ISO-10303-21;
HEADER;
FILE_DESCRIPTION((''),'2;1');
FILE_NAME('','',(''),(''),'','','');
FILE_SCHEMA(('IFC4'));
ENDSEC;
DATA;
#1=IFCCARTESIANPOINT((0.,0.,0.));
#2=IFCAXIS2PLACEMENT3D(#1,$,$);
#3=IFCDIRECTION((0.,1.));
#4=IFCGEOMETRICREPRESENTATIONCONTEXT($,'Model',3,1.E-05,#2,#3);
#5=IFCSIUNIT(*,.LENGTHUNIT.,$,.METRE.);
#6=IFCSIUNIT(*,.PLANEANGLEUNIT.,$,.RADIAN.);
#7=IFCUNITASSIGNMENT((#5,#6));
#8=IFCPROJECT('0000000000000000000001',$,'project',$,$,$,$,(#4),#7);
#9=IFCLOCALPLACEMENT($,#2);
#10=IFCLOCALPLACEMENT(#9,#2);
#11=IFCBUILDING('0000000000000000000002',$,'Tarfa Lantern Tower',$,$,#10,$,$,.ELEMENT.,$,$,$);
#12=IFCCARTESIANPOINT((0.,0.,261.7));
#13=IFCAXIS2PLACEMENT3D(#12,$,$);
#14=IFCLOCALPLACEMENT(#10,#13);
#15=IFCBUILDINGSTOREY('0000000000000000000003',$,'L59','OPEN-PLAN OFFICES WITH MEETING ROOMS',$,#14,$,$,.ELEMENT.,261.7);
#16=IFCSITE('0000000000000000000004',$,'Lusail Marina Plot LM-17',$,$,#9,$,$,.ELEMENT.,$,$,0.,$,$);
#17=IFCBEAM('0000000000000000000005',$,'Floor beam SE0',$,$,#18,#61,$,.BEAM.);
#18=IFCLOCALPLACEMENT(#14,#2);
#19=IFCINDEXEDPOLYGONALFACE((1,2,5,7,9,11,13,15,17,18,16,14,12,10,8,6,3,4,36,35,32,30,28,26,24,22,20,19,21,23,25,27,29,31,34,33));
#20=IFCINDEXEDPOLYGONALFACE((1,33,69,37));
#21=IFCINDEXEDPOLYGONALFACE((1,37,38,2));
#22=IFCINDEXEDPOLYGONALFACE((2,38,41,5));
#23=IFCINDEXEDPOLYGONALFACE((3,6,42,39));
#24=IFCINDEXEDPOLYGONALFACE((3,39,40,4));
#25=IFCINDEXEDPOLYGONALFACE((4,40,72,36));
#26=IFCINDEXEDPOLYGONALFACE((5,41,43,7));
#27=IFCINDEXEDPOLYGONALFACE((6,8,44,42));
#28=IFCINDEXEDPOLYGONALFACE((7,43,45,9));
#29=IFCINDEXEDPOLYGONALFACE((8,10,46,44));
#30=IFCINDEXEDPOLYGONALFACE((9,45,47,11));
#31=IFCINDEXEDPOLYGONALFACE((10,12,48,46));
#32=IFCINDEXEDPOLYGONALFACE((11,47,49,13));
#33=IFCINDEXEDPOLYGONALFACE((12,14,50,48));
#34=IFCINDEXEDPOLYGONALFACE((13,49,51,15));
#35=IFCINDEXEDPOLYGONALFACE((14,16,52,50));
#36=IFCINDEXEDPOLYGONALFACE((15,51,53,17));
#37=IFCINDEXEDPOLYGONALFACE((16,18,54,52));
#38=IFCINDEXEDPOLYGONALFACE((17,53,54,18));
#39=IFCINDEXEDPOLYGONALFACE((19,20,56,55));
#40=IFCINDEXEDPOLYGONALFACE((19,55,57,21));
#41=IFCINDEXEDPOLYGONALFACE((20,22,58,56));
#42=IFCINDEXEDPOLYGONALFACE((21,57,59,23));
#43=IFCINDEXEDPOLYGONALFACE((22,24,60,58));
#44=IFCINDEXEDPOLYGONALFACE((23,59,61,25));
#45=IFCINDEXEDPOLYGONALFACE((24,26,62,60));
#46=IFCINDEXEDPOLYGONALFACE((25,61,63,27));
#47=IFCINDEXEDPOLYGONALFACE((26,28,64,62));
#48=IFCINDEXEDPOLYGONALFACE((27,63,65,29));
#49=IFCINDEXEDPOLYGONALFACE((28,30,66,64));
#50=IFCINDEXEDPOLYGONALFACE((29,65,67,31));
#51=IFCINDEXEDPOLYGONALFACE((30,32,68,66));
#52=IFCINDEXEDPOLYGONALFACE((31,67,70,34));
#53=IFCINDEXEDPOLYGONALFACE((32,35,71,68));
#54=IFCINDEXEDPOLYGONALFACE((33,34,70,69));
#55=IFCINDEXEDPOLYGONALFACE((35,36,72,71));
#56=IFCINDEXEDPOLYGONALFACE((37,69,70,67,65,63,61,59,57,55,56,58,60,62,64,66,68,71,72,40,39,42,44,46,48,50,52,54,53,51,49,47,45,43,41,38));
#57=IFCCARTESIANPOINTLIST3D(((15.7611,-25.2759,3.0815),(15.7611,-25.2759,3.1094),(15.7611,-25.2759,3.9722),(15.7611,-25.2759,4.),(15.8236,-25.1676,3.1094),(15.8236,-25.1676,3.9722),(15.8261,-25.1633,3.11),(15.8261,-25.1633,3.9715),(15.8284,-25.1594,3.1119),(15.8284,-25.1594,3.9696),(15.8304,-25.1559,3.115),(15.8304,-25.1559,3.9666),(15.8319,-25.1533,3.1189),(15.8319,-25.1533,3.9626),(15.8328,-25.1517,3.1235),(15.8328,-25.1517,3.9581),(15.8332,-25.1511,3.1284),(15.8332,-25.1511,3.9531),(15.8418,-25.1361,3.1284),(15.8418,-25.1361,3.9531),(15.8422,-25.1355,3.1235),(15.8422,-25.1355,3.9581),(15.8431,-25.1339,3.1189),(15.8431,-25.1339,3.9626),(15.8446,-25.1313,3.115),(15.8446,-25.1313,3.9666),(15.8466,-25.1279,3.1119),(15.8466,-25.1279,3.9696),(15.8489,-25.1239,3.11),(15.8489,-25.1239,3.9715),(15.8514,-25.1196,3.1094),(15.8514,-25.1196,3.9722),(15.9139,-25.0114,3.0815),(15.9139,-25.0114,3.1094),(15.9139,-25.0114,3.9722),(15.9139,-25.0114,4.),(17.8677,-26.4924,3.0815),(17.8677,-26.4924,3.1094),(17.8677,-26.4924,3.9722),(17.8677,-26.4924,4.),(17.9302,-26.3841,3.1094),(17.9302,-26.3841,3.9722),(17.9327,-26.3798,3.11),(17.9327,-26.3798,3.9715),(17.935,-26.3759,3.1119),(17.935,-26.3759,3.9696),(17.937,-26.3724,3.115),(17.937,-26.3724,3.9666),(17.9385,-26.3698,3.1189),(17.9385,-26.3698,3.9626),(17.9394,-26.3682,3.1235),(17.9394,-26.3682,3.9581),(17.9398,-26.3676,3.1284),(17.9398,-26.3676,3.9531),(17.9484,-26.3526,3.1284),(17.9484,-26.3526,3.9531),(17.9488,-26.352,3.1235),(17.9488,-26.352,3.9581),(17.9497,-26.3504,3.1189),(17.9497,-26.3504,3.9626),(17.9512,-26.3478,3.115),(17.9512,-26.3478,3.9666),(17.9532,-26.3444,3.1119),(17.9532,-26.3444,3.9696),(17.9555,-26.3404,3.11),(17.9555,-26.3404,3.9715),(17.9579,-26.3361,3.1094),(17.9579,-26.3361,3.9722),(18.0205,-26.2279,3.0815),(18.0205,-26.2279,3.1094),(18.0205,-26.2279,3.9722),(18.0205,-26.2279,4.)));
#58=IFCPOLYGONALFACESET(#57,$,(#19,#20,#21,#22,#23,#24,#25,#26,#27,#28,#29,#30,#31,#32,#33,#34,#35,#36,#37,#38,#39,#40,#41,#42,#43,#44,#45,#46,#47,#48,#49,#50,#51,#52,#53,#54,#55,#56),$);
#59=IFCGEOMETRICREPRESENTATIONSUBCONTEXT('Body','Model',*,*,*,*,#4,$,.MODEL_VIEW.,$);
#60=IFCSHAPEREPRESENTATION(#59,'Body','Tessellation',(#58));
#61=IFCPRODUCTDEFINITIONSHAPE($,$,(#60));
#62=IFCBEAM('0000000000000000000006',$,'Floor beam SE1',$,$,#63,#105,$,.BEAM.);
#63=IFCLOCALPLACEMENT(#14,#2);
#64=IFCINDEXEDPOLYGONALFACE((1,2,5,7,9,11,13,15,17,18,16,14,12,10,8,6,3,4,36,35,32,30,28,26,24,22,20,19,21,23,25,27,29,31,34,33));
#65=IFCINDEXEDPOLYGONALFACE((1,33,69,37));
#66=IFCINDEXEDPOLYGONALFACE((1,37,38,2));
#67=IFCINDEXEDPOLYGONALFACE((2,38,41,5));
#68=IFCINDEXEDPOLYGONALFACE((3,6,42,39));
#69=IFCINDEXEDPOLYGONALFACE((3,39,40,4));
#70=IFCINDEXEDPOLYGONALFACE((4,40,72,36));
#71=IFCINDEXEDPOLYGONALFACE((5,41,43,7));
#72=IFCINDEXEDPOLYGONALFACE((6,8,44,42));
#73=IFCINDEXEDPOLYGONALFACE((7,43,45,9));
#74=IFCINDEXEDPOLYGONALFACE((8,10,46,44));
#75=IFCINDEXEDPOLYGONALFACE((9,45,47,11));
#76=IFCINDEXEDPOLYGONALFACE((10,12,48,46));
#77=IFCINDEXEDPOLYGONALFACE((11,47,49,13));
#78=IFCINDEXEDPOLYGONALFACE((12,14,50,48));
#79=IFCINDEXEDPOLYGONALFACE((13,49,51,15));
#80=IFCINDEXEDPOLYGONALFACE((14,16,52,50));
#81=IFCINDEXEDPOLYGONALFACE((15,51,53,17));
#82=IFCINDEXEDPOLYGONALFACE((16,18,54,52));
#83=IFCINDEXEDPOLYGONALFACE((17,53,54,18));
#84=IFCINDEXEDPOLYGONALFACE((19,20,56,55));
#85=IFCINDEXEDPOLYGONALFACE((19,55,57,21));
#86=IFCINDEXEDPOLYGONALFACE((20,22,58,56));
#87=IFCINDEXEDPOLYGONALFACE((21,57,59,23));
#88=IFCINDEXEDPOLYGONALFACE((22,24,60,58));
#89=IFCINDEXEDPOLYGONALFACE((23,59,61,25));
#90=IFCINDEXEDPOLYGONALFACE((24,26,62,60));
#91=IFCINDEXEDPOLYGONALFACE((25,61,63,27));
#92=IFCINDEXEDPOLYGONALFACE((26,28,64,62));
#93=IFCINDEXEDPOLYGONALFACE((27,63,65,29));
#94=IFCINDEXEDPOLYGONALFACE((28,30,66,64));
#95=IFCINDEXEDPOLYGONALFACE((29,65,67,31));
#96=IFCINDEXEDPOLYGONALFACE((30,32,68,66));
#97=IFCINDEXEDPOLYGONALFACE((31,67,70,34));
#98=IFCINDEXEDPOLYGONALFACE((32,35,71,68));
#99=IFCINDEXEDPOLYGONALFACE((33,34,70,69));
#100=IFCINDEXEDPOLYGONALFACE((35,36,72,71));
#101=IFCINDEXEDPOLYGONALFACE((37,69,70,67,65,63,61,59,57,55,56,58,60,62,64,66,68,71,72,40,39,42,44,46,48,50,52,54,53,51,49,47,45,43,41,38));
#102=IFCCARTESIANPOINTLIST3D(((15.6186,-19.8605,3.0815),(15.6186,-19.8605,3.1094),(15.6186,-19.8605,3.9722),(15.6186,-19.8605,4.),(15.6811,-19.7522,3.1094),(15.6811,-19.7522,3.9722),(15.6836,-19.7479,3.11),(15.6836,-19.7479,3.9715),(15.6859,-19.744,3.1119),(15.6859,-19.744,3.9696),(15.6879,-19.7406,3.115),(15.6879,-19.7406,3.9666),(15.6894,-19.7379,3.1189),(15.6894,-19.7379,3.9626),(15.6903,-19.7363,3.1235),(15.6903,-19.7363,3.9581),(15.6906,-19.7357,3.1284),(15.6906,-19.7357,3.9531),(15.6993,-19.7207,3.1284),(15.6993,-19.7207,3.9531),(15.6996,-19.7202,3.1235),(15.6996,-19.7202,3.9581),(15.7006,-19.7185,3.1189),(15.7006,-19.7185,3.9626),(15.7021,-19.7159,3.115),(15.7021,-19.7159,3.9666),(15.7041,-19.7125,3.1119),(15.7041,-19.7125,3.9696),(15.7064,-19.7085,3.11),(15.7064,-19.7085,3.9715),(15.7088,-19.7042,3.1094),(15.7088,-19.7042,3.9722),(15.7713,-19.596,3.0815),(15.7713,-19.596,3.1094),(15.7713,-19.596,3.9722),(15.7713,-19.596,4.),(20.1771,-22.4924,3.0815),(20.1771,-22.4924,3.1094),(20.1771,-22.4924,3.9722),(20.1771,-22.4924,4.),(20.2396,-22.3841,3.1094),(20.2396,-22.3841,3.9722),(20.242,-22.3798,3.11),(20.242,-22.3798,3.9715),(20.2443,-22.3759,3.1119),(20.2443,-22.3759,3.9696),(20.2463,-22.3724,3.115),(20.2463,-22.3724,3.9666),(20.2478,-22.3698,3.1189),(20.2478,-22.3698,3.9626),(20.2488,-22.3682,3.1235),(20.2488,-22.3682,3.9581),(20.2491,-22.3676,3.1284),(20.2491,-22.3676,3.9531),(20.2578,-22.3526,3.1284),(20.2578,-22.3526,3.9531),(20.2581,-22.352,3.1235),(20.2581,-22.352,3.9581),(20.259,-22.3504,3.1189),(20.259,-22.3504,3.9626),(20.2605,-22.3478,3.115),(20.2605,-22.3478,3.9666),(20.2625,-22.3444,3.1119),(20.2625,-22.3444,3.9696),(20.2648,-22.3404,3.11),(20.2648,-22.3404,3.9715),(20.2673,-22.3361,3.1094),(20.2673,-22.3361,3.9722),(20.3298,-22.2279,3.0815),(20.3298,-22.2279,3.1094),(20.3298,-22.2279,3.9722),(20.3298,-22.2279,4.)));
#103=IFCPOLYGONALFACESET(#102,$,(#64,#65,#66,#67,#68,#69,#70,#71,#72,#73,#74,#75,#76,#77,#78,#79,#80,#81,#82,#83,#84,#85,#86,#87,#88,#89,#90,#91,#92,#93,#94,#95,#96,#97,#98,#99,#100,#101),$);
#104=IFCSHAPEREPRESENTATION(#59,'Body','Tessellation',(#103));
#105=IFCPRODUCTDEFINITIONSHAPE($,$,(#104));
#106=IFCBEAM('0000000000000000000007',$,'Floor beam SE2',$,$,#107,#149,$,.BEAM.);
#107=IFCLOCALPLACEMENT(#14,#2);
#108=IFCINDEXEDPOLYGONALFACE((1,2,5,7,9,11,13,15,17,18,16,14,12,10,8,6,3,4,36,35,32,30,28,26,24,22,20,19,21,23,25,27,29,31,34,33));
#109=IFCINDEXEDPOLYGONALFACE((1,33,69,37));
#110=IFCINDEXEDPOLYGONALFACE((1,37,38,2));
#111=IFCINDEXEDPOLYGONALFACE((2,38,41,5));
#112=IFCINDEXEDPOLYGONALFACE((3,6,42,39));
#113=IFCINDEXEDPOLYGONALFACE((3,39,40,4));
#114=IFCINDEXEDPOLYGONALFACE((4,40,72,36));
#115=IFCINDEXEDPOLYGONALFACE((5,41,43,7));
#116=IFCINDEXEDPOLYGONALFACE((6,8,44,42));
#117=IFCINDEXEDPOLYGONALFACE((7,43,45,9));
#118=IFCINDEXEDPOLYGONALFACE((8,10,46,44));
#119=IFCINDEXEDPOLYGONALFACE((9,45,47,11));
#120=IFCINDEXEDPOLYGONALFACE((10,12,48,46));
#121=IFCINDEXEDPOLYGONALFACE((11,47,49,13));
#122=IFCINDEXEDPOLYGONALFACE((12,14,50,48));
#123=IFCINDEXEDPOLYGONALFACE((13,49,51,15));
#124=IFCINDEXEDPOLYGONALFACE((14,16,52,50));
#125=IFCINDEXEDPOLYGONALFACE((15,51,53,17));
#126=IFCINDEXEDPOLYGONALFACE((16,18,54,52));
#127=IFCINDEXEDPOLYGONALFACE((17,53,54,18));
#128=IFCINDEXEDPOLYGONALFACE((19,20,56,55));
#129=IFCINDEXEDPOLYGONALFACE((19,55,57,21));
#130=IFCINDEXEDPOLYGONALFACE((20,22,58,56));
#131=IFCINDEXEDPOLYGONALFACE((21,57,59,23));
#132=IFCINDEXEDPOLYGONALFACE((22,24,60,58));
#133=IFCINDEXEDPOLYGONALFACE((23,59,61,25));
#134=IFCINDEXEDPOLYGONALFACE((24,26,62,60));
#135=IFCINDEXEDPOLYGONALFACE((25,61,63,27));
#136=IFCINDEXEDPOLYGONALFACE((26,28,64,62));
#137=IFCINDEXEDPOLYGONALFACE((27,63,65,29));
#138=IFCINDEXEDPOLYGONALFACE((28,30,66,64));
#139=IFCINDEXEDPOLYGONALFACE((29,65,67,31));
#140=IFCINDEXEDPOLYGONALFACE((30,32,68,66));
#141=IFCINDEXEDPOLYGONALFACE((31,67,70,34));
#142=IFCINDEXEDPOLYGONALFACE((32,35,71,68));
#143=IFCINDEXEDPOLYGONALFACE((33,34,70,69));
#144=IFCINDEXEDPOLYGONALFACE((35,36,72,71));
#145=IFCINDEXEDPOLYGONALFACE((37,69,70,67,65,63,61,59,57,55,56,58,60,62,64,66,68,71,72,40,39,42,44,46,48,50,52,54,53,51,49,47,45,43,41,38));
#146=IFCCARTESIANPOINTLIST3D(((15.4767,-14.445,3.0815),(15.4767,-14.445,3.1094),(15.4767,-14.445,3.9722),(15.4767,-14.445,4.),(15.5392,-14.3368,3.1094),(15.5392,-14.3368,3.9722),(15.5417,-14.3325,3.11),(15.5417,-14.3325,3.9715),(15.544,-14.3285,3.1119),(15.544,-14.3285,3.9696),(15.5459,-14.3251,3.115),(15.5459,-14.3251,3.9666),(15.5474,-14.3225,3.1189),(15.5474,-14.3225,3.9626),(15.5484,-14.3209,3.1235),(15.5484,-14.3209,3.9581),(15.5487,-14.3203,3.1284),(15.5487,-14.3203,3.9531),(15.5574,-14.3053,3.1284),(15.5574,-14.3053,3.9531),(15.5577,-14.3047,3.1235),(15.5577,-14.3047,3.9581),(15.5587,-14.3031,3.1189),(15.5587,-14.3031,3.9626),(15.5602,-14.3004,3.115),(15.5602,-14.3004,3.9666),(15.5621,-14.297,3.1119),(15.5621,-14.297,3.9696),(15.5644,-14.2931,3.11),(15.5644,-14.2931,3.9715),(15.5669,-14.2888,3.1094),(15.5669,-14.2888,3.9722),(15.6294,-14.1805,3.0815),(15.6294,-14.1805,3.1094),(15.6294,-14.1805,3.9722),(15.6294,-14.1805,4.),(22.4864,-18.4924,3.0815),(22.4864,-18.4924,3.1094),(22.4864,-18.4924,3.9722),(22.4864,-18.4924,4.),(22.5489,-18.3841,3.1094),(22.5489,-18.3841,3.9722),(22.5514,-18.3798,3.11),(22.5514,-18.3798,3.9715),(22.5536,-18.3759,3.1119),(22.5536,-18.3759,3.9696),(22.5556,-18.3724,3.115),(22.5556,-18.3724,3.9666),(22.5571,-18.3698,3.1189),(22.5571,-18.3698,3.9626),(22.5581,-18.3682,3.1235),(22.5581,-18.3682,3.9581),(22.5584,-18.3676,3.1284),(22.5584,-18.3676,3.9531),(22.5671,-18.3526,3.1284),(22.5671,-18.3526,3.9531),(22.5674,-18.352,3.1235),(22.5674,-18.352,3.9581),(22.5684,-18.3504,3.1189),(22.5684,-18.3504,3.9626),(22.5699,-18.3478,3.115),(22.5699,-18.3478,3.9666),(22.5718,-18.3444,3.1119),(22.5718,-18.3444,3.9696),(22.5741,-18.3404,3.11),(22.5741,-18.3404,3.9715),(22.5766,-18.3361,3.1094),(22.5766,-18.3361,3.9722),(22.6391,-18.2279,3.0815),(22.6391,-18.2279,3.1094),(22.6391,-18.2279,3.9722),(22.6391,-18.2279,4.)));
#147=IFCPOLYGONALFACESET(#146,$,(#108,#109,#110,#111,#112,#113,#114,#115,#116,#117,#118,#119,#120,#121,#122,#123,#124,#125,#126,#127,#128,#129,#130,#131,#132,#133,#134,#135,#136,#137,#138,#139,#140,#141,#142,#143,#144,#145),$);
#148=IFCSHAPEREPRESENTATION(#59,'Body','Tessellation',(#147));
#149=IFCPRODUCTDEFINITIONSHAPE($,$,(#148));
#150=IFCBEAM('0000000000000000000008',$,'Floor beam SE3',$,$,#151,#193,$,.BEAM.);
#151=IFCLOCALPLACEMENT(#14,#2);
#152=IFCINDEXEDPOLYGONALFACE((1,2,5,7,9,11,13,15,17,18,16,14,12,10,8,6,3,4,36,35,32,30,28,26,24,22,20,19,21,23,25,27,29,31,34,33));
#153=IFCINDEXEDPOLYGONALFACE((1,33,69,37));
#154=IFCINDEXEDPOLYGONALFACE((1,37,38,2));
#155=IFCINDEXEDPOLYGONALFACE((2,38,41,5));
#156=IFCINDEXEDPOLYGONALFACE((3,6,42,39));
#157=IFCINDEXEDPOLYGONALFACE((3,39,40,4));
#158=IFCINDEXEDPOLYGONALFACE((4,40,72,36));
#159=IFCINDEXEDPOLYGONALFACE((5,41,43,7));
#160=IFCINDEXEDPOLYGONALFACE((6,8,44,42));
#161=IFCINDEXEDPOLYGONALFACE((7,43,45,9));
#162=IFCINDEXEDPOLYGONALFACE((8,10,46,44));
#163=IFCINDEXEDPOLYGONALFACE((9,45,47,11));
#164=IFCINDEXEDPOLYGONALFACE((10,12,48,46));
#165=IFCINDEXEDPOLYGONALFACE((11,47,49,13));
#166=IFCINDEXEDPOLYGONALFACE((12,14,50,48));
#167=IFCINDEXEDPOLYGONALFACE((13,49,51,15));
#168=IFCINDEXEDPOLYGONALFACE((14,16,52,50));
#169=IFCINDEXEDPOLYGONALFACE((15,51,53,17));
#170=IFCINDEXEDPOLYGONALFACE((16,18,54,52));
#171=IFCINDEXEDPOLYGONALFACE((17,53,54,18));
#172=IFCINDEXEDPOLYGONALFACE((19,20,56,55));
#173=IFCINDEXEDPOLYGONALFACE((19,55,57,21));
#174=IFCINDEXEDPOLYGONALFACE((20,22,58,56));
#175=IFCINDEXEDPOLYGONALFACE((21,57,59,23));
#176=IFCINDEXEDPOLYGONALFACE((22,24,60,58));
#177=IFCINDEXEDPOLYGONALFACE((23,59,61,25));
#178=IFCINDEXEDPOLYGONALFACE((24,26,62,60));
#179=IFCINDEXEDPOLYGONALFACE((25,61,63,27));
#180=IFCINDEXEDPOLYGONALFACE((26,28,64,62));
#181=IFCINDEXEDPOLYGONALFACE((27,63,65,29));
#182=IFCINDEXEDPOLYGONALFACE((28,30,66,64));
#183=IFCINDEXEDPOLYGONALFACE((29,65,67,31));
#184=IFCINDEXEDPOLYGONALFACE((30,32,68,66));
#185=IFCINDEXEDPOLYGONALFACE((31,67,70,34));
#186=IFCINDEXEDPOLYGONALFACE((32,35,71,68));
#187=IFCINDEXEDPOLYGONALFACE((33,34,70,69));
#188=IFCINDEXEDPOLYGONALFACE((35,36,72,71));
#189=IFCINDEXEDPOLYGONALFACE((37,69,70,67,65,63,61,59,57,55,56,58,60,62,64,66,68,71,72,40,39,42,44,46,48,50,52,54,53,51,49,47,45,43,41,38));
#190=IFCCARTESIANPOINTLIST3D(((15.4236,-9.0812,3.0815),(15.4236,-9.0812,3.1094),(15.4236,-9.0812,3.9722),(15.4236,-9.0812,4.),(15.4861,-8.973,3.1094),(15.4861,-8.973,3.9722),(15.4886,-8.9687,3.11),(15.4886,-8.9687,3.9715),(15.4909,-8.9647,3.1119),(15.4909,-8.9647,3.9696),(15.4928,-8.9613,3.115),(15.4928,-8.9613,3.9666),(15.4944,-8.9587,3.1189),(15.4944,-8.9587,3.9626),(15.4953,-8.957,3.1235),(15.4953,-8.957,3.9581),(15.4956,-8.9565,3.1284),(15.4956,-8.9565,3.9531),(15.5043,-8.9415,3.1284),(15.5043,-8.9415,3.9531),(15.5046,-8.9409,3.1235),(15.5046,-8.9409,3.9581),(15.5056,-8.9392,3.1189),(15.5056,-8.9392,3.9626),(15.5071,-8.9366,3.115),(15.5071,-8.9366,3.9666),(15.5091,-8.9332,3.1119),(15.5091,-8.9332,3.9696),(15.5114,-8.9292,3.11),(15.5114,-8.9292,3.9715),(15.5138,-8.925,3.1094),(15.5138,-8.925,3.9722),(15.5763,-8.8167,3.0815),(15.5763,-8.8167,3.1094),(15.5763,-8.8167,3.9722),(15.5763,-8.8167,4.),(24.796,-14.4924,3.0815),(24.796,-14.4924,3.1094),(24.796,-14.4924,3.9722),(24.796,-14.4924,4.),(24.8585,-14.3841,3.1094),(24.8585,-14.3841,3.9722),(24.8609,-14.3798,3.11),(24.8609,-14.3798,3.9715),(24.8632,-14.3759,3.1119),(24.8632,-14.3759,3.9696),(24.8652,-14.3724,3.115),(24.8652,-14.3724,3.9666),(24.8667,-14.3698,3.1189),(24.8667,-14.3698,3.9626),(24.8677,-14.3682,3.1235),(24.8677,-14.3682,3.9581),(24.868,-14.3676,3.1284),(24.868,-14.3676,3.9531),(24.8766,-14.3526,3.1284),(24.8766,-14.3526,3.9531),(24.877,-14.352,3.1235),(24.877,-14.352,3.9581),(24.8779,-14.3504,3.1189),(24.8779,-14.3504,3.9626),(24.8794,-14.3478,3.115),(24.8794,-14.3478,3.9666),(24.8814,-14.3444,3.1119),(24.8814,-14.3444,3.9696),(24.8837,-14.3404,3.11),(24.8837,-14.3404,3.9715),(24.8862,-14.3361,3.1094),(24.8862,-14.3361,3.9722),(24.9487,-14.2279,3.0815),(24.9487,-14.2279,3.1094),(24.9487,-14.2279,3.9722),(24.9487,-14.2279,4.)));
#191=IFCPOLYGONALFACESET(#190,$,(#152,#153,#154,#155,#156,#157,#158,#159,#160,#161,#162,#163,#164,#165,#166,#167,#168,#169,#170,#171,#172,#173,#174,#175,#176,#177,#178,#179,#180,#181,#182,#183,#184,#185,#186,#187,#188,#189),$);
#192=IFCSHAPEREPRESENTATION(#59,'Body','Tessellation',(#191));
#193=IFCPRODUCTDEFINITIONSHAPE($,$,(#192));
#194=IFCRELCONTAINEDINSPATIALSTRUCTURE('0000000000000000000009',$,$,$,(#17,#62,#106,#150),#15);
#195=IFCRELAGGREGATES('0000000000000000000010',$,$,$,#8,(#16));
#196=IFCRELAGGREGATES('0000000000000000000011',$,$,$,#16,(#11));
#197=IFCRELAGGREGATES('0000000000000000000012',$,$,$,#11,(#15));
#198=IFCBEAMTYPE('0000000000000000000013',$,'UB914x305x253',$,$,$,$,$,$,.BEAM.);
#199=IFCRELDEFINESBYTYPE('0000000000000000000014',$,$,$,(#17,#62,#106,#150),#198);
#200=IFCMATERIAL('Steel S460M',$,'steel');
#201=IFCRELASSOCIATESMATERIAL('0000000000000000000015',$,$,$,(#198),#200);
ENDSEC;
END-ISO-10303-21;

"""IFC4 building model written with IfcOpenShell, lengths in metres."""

from ifc_helpers import new_model, si_unit, direction, frame, origin, origin_2d, place, context, subcontext, project, spatial, i_section, extrude, material, material_profile, profile_set, type_object, element, save


model = new_model("IFC4")

# Units and contexts
model_context = context("Model", 3, precision=1e-05, world=origin(), true_north=direction((0.0, 1.0)))
body_context = subcontext(model_context, "Body", "Model", "MODEL_VIEW")
ifc_project = project(units=[si_unit("LENGTHUNIT", "METRE"), si_unit("PLANEANGLEUNIT", "RADIAN")], contexts=[model_context])

# Site, building, storey
site_placement = place(None, origin())
site = spatial("IfcSite", under=ifc_project, at=site_placement, Name="Lusail Marina Plot LM-17", CompositionType="ELEMENT", RefElevation=0.0)
building_placement = place(site_placement, origin())
building = spatial("IfcBuilding", under=site, at=building_placement, Name="Tarfa Lantern Tower", CompositionType="ELEMENT")
storey_placement = place(building_placement, frame((0.0, 0.0, 261.7)))
storey = spatial("IfcBuildingStorey", under=building, at=storey_placement, Name="L59", Description="OPEN-PLAN OFFICES WITH MEETING ROOMS", CompositionType="ELEMENT", Elevation=261.7)

# Beams
ifc_material_1 = material(Name="Steel S460M", Category="steel")
ifc_material_profile_1 = material_profile(ifc_material_1, i_section(OverallWidth=0.3054, OverallDepth=0.9185, WebThickness=0.0173, FlangeThickness=0.0278, FilletRadius=0.019, at=origin_2d()), Name="UB914x305x253")
ifc_profile_set_1 = profile_set([ifc_material_profile_1], Name="Steel S460M")
beam_type_1 = type_object("IfcBeamType", Name="UB914x305x253", PredefinedType="BEAM", material=ifc_profile_set_1)
beam_1_placement = place(storey_placement, frame((17.9441, -26.3601, 3.5408), z_axis=(-0.86598, 0.500079, 0.0), x_axis=(-0.500079, -0.86598, 0.0)))
element("IfcBeam", 1, at=beam_1_placement, inside=storey, type_object=beam_type_1, Name="Floor beam SE0", PredefinedType="BEAM", context=body_context, shape_type="SweptSolid", body=[
    extrude(i_section(OverallWidth=0.3054, OverallDepth=0.9185, WebThickness=0.0173, FlangeThickness=0.0278, FilletRadius=0.019, at=origin_2d()), origin(), (0.0, 0.0, 1.0), 2.4326),
])
beam_2_placement = place(storey_placement, frame((20.2534, -22.3601, 3.5408), z_axis=(-0.86602, 0.50001, 0.0), x_axis=(-0.50001, -0.86602, 0.0)))
element("IfcBeam", 2, at=beam_2_placement, inside=storey, type_object=beam_type_1, Name="Floor beam SE1", PredefinedType="BEAM", context=body_context, shape_type="SweptSolid", body=[
    extrude(i_section(OverallWidth=0.3054, OverallDepth=0.9185, WebThickness=0.0173, FlangeThickness=0.0278, FilletRadius=0.019, at=origin_2d()), origin(), (0.0, 0.0, 1.0), 5.2637),
])
beam_3_placement = place(storey_placement, frame((22.5627, -18.3601, 3.5408), z_axis=(-0.866011, 0.500025, 0.0), x_axis=(-0.500025, -0.866011, 0.0)))
element("IfcBeam", 3, at=beam_3_placement, inside=storey, type_object=beam_type_1, Name="Floor beam SE2", PredefinedType="BEAM", context=body_context, shape_type="SweptSolid", body=[
    extrude(i_section(OverallWidth=0.3054, OverallDepth=0.9185, WebThickness=0.0173, FlangeThickness=0.0278, FilletRadius=0.019, at=origin_2d()), origin(), (0.0, 0.0, 1.0), 8.0942),
])
beam_4_placement = place(storey_placement, frame((24.8723, -14.3601, 3.5408), z_axis=(-0.866024, 0.500002, 0.0), x_axis=(-0.500002, -0.866024, 0.0)))
element("IfcBeam", 4, at=beam_4_placement, inside=storey, type_object=beam_type_1, Name="Floor beam SE3", PredefinedType="BEAM", context=body_context, shape_type="SweptSolid", body=[
    extrude(i_section(OverallWidth=0.3054, OverallDepth=0.9185, WebThickness=0.0173, FlangeThickness=0.0278, FilletRadius=0.019, at=origin_2d()), origin(), (0.0, 0.0, 1.0), 10.8223),
])

save(model, "model.ifc")
